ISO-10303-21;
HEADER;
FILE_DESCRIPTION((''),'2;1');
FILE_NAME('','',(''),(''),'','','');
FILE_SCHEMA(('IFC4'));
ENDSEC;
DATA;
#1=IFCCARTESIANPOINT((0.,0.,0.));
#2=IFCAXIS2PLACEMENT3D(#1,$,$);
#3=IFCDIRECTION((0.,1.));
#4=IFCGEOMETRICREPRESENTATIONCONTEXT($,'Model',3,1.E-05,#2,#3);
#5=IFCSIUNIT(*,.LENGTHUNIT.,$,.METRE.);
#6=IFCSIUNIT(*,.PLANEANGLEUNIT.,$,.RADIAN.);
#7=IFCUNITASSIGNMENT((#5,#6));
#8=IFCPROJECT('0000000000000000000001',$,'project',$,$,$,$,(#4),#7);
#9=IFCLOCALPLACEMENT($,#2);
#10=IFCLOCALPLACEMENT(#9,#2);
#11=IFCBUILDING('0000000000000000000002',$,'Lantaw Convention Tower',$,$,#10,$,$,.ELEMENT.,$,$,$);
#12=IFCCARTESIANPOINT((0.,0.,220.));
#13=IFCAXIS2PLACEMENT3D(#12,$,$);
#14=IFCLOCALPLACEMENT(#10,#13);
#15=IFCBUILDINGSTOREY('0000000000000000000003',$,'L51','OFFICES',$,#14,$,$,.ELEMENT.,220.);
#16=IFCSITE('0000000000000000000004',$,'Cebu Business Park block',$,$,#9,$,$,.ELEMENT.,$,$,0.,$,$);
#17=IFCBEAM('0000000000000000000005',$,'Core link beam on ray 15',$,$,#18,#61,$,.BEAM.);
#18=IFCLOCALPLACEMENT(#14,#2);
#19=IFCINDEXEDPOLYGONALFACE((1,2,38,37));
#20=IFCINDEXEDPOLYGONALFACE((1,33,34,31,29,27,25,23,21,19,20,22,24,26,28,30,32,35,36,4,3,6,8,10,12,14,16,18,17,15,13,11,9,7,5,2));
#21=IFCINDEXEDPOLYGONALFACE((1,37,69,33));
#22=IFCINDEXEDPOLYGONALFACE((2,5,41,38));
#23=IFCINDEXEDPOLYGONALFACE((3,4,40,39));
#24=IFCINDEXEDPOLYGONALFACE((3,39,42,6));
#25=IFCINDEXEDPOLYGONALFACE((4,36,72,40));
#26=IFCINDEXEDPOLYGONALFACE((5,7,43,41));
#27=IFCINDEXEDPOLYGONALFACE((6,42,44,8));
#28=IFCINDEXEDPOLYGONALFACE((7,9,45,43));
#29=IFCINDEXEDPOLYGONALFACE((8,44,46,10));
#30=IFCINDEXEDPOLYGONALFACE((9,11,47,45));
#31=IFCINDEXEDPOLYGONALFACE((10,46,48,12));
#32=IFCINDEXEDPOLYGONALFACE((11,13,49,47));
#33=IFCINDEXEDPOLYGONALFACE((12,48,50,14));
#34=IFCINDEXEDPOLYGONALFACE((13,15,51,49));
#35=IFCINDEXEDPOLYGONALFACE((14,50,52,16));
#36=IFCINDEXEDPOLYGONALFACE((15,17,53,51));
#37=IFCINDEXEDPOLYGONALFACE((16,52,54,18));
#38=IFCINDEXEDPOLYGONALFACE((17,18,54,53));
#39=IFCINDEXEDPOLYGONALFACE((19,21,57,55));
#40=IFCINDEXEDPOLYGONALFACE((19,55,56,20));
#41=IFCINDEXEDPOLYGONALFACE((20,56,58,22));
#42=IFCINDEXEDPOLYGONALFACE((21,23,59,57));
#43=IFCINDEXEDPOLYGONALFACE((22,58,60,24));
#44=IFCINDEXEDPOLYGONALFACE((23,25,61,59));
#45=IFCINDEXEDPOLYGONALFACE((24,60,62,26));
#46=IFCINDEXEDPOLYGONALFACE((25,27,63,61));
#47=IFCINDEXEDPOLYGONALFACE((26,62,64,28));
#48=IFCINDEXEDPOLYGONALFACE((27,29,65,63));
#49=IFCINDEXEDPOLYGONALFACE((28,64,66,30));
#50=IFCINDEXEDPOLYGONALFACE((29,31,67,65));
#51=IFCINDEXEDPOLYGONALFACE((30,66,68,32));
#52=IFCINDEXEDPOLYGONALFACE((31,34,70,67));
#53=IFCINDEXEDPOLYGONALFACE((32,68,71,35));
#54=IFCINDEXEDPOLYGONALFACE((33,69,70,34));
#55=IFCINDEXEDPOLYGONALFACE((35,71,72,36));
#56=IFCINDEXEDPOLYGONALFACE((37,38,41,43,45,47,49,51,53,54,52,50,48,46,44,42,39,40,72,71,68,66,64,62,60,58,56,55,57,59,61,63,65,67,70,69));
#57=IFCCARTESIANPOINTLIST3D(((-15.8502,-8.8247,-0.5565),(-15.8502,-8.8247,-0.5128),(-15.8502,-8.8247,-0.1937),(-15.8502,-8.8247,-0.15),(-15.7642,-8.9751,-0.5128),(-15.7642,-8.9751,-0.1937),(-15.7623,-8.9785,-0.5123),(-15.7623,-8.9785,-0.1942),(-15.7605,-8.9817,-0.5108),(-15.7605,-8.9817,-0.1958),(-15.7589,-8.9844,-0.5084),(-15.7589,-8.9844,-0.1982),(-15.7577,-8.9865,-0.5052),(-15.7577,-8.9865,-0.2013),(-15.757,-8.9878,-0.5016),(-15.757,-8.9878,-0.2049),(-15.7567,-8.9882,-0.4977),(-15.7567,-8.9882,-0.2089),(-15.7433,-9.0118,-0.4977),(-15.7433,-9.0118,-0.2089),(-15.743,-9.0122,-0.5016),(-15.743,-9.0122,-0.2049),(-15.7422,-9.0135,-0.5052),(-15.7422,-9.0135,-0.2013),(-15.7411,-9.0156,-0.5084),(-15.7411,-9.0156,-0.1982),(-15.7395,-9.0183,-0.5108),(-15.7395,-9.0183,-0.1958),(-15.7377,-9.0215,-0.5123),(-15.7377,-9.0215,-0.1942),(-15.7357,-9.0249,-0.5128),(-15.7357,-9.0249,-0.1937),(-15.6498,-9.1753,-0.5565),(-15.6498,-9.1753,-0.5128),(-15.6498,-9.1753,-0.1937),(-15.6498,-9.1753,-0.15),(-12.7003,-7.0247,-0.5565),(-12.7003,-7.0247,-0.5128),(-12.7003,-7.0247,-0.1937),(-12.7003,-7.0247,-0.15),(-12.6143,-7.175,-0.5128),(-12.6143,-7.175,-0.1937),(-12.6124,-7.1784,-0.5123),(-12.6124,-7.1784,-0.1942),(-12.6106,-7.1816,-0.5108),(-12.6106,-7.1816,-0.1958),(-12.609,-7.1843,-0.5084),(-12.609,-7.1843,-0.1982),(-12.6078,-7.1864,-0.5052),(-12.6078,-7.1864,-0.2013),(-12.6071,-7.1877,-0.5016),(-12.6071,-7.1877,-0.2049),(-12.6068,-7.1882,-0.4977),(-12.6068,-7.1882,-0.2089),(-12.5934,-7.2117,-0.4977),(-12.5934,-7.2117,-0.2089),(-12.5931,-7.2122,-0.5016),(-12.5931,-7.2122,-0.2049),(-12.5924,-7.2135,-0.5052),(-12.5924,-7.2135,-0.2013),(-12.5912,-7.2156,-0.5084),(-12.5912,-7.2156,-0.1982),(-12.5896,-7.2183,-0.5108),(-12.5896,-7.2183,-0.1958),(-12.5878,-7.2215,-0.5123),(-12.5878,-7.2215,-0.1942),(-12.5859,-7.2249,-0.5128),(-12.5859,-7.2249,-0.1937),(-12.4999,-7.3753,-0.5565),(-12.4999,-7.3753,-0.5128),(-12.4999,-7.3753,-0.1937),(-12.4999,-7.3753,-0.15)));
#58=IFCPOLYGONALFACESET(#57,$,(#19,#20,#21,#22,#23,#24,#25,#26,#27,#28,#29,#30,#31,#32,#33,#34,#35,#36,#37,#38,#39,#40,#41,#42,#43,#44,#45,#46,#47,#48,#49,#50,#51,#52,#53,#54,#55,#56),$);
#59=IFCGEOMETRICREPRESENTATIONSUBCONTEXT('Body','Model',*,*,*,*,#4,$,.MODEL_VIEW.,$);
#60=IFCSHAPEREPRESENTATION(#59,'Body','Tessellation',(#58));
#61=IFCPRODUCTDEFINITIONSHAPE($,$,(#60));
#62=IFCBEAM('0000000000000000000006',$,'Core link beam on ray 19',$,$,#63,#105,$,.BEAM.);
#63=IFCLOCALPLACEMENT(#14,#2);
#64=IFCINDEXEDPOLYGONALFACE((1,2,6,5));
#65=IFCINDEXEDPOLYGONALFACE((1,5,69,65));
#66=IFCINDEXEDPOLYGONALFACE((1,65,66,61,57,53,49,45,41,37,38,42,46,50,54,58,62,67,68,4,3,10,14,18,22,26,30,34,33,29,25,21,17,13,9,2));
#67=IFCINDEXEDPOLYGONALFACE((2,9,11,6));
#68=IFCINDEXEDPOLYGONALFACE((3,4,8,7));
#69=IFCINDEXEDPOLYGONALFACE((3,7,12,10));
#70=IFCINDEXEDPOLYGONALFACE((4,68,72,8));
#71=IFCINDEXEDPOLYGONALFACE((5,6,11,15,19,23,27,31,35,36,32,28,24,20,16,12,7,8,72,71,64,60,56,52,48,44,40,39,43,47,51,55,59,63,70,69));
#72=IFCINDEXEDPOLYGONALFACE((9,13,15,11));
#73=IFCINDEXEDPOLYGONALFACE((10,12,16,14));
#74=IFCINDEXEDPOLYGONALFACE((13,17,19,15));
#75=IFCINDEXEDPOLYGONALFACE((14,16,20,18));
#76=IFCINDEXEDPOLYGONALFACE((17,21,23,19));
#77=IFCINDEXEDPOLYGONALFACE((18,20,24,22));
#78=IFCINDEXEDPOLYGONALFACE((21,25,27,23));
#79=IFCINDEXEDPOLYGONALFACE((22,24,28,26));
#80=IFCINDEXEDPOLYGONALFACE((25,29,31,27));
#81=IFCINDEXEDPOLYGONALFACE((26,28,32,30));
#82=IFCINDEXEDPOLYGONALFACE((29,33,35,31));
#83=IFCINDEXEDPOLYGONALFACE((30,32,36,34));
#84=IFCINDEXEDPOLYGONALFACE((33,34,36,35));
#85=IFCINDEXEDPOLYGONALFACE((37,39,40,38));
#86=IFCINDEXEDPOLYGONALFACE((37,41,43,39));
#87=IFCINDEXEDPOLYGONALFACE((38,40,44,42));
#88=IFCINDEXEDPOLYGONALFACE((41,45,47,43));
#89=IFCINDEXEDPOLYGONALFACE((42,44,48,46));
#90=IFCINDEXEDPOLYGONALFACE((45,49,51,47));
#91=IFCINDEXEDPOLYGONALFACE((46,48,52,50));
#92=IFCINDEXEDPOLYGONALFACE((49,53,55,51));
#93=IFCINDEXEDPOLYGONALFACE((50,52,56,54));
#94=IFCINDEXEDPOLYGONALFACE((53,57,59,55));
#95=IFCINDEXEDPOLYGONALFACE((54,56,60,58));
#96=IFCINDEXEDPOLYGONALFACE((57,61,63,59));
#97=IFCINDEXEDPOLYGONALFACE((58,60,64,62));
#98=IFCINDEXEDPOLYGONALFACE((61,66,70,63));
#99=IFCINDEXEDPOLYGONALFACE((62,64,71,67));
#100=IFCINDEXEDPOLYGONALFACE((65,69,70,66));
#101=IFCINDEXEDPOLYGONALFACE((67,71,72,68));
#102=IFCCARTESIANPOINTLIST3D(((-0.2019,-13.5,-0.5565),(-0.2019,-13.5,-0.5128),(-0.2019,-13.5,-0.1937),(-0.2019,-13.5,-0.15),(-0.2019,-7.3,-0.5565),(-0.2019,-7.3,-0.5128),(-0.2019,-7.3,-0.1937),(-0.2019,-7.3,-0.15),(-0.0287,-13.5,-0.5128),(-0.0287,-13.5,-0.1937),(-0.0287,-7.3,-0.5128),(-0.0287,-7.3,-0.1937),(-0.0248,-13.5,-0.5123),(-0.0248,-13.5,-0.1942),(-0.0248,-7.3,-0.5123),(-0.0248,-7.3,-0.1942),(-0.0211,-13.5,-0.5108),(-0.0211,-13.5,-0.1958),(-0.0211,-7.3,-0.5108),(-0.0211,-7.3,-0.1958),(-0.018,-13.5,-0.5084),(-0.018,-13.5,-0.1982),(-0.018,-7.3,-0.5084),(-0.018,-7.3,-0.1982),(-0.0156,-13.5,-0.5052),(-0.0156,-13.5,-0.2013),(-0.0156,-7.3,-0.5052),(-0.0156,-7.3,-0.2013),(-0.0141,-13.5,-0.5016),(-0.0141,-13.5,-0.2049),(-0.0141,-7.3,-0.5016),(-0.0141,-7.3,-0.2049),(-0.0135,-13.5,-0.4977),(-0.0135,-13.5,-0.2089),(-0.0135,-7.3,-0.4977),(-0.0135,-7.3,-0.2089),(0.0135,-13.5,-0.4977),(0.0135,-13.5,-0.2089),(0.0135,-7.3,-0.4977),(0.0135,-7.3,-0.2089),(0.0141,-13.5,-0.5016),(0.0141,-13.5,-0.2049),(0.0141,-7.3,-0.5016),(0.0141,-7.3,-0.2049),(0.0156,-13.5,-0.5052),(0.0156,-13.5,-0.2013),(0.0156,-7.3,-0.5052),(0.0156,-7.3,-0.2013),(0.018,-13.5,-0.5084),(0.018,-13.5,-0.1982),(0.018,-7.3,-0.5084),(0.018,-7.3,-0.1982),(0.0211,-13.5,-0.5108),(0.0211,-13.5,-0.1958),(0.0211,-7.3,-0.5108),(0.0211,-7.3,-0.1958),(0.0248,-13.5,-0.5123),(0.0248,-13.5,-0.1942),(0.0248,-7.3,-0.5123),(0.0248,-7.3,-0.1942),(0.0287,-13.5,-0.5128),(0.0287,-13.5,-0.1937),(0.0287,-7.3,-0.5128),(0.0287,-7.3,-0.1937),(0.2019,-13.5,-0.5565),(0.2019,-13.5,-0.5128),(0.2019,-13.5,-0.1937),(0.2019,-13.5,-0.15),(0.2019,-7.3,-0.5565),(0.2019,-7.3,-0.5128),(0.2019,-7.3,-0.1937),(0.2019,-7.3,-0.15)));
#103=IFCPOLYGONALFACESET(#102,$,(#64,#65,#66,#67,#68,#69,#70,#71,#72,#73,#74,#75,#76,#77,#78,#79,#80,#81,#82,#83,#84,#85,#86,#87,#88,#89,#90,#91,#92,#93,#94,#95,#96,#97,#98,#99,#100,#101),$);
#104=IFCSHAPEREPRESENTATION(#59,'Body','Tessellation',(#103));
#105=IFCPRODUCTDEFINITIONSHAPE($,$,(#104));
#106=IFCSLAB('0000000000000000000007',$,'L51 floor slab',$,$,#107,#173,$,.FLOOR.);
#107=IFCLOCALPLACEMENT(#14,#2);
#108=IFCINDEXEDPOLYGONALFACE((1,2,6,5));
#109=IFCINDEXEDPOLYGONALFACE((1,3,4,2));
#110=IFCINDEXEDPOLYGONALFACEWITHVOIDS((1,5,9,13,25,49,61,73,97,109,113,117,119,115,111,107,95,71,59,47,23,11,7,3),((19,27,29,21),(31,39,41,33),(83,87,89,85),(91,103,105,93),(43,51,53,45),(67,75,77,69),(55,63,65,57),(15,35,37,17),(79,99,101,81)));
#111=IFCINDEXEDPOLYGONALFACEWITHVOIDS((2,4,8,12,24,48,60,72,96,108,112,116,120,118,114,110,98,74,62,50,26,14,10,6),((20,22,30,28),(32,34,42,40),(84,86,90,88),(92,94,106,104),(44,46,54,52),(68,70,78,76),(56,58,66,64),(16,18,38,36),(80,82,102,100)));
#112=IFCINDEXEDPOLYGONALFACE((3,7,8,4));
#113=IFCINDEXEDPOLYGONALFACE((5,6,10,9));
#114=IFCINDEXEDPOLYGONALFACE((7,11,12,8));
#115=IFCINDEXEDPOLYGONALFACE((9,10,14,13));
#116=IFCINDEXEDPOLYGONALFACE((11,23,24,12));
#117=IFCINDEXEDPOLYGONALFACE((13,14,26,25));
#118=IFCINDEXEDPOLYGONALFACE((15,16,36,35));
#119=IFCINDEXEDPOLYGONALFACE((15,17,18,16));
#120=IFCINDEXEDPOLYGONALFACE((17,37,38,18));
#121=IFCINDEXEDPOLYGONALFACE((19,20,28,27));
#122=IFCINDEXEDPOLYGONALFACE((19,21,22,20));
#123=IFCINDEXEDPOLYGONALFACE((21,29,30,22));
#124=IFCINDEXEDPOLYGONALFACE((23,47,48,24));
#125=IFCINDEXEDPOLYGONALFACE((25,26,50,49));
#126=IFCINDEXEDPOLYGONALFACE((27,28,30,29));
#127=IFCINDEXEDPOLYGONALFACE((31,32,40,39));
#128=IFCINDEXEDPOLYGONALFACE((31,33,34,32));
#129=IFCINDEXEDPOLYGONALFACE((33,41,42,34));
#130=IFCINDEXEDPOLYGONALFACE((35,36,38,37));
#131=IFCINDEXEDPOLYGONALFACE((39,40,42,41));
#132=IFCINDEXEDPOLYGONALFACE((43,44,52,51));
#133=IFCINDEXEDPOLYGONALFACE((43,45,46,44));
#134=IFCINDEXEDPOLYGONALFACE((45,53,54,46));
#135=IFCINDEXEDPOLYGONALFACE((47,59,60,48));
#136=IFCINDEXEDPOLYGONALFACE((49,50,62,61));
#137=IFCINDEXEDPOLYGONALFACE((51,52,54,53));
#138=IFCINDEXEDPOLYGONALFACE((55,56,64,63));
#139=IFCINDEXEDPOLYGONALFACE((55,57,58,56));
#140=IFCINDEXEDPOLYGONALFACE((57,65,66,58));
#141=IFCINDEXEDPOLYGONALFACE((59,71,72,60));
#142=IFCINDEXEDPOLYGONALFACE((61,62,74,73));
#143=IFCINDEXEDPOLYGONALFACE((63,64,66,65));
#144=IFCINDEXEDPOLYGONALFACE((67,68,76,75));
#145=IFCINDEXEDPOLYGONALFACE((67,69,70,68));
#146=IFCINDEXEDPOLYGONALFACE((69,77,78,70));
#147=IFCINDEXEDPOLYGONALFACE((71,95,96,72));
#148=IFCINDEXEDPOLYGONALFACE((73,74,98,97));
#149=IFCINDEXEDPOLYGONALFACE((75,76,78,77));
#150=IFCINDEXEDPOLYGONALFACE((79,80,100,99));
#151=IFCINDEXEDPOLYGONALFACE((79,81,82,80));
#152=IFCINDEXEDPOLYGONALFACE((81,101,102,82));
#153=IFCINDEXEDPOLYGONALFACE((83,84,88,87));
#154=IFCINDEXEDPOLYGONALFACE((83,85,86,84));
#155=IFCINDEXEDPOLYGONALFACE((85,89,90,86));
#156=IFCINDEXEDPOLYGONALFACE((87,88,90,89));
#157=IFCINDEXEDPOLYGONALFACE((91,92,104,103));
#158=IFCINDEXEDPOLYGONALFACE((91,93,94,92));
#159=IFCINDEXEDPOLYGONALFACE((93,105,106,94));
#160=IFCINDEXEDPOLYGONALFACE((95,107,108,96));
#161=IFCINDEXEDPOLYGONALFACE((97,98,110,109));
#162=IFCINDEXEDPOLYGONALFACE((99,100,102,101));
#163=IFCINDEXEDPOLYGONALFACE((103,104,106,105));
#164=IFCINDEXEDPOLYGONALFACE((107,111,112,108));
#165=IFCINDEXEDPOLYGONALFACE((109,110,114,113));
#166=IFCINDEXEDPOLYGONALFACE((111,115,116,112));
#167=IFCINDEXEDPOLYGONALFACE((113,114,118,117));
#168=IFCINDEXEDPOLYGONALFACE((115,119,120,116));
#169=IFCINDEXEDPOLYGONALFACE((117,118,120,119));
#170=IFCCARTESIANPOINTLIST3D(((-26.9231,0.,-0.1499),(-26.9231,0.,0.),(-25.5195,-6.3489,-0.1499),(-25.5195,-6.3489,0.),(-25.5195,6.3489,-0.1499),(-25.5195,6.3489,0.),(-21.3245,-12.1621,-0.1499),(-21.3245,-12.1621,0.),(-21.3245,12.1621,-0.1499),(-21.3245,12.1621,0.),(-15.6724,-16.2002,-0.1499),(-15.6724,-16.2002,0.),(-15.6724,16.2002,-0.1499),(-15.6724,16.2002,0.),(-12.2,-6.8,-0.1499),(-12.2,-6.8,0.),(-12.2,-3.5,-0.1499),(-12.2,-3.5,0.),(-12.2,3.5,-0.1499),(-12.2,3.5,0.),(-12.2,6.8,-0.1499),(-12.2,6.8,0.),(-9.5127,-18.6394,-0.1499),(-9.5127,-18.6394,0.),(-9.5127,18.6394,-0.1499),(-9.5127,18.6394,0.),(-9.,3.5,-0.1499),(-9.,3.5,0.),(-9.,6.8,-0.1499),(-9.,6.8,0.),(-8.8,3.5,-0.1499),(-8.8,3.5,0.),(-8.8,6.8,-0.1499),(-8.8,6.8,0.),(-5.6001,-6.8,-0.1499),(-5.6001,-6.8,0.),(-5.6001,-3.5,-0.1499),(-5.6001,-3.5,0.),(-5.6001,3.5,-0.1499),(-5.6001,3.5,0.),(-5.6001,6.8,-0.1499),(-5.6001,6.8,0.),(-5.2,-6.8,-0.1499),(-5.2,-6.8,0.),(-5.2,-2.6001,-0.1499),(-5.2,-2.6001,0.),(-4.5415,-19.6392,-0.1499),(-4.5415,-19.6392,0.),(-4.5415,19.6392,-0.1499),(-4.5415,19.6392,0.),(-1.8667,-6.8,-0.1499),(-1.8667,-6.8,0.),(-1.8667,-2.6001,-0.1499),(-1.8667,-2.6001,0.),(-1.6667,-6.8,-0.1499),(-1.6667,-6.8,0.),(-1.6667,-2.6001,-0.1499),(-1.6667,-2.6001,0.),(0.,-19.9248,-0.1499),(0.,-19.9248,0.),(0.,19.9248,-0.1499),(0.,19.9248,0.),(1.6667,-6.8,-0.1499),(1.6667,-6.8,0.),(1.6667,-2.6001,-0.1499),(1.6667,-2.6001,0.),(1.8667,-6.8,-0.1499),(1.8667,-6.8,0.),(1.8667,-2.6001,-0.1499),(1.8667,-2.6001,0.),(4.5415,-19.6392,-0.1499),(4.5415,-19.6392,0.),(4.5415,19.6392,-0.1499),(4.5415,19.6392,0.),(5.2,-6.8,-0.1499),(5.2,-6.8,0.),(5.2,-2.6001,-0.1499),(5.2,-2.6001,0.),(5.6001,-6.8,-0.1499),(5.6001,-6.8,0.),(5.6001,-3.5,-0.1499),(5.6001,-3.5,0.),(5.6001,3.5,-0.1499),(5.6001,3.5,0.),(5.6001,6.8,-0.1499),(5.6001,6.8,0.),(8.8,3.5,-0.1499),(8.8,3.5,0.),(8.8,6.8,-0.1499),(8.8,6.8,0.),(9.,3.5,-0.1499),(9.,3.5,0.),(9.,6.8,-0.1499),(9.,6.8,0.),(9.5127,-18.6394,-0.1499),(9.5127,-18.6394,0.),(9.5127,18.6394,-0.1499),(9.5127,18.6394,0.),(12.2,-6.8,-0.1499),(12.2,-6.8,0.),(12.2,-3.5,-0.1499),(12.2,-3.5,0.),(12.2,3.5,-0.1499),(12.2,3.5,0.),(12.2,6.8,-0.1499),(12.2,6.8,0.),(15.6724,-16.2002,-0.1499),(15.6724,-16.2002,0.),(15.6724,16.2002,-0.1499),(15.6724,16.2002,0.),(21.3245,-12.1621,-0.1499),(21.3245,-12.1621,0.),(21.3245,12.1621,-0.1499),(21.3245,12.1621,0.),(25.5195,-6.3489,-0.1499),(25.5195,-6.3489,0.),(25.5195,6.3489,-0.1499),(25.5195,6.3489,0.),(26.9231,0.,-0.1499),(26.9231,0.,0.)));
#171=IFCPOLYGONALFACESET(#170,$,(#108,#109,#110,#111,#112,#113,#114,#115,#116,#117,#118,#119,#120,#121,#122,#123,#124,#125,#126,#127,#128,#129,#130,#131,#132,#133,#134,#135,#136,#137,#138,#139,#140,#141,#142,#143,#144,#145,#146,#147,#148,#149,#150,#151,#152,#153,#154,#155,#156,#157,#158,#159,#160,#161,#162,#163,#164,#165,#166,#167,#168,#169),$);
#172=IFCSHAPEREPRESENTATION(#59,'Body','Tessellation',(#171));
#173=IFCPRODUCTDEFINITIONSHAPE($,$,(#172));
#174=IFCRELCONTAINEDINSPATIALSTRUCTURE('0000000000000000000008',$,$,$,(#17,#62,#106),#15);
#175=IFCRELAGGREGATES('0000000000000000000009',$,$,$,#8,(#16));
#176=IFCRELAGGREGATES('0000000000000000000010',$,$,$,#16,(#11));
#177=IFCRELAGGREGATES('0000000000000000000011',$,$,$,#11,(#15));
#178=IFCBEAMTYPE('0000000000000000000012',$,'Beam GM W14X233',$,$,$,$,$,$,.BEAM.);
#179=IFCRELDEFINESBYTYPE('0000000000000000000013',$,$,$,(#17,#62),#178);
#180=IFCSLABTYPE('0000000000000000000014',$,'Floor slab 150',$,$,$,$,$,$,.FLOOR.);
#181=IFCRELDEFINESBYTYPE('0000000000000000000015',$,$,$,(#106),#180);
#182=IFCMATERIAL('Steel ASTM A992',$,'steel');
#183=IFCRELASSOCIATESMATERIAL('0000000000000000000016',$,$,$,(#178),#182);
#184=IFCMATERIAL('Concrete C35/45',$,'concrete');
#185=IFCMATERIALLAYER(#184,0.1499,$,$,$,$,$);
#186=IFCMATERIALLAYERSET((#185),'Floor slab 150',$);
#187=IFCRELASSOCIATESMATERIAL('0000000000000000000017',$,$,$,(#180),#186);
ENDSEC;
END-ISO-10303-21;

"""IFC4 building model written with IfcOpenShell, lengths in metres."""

from ifc_helpers import new_model, si_unit, direction, frame, origin, origin_2d, place, context, subcontext, project, spatial, polyline, i_section, outline, extrude, material, layer, layer_set, material_profile, profile_set, type_object, element, save


model = new_model("IFC4")

# Units and contexts
model_context = context("Model", 3, precision=1e-05, world=origin(), true_north=direction((0.0, 1.0)))
body_context = subcontext(model_context, "Body", "Model", "MODEL_VIEW")
ifc_project = project(units=[si_unit("LENGTHUNIT", "METRE"), si_unit("PLANEANGLEUNIT", "RADIAN")], contexts=[model_context])

# Site, building, storey
site_placement = place(None, origin())
site = spatial("IfcSite", under=ifc_project, at=site_placement, Name="Cebu Business Park block", CompositionType="ELEMENT", RefElevation=0.0)
building_placement = place(site_placement, origin())
building = spatial("IfcBuilding", under=site, at=building_placement, Name="Lantaw Convention Tower", CompositionType="ELEMENT")
storey_placement = place(building_placement, frame((0.0, 0.0, 220.0)))
storey = spatial("IfcBuildingStorey", under=building, at=storey_placement, Name="L51", Description="OFFICES", CompositionType="ELEMENT", Elevation=220.0)

# Beams
ifc_material_1 = material(Name="Steel ASTM A992", Category="steel")
ifc_material_profile_1 = material_profile(ifc_material_1, i_section(OverallWidth=0.4038, OverallDepth=0.4065, WebThickness=0.0271, FlangeThickness=0.0437, FilletRadius=0.0151, at=origin_2d()), Name="W14X233")
ifc_profile_set_1 = profile_set([ifc_material_profile_1], Name="Steel ASTM A992")
beam_type_1 = type_object("IfcBeamType", Name="Beam GM W14X233", PredefinedType="BEAM", material=ifc_profile_set_1)
beam_1_placement = place(storey_placement, frame((-12.6001, -7.2, -0.3533), z_axis=(-0.868231, -0.496161, 0.0), x_axis=(0.496161, -0.868231, 0.0)))
element("IfcBeam", 1, at=beam_1_placement, inside=storey, type_object=beam_type_1, Name="Core link beam on ray 15", PredefinedType="BEAM", context=body_context, shape_type="SweptSolid", body=[
    extrude(i_section(OverallWidth=0.4038, OverallDepth=0.4065, WebThickness=0.0271, FlangeThickness=0.0437, FilletRadius=0.0151, at=origin_2d()), origin(), (0.0, 0.0, 1.0), 3.6279),
])
beam_2_placement = place(storey_placement, frame((0.0, -7.3, -0.3533), z_axis=(0.0, -1.0, 0.0), x_axis=(1.0, 0.0, 0.0)))
element("IfcBeam", 2, at=beam_2_placement, inside=storey, type_object=beam_type_1, Name="Core link beam on ray 19", PredefinedType="BEAM", context=body_context, shape_type="SweptSolid", body=[
    extrude(i_section(OverallWidth=0.4038, OverallDepth=0.4065, WebThickness=0.0271, FlangeThickness=0.0437, FilletRadius=0.0151, at=origin_2d()), origin(), (0.0, 0.0, 1.0), 6.2),
])

# Slab
ifc_material_2 = material(Name="Concrete C35/45", Category="concrete")
ifc_layer_1 = layer(ifc_material_2, 0.1499)
ifc_layer_set_1 = layer_set([ifc_layer_1], Name="Floor slab 150")
slab_type = type_object("IfcSlabType", Name="Floor slab 150", PredefinedType="FLOOR", material=ifc_layer_set_1)
slab_placement = place(storey_placement, frame((0.0, 0.0, -0.1499)))
element("IfcSlab", 3, at=slab_placement, inside=storey, type_object=slab_type, Name="L51 floor slab", PredefinedType="FLOOR", context=body_context, shape_type="SweptSolid", body=[
    extrude(outline(polyline([(25.5195, -6.3489), (26.9231, 0.0), (25.5195, 6.3489), (21.3245, 12.1621), (15.6724, 16.2002), (9.5127, 18.6394), (4.5415, 19.6392), (0.0, 19.9248), (-4.5415, 19.6392), (-9.5127, 18.6394), (-15.6724, 16.2002), (-21.3245, 12.1621), (-25.5195, 6.3489), (-26.9231, 0.0), (-25.5195, -6.3489), (-21.3245, -12.1621), (-15.6724, -16.2002), (-9.5127, -18.6394), (-4.5415, -19.6392), (0.0, -19.9248), (4.5415, -19.6392), (9.5127, -18.6394), (15.6724, -16.2002), (21.3245, -12.1621), (25.5195, -6.3489)]), holes=[polyline([(-5.6001, -3.5), (-12.2, -3.5), (-12.2, -6.8), (-5.6001, -6.8), (-5.6001, -3.5)]), polyline([(12.2, -3.5), (5.6001, -3.5), (5.6001, -6.8), (12.2, -6.8), (12.2, -3.5)]), polyline([(-1.8667, -2.6001), (-5.2, -2.6001), (-5.2, -6.8), (-1.8667, -6.8), (-1.8667, -2.6001)]), polyline([(1.6667, -2.6001), (-1.6667, -2.6001), (-1.6667, -6.8), (1.6667, -6.8), (1.6667, -2.6001)]), polyline([(5.2, -2.6001), (1.8667, -2.6001), (1.8667, -6.8), (5.2, -6.8), (5.2, -2.6001)]), polyline([(-9.0, 6.8), (-12.2, 6.8), (-12.2, 3.5), (-9.0, 3.5), (-9.0, 6.8)]), polyline([(-5.6001, 6.8), (-8.8, 6.8), (-8.8, 3.5), (-5.6001, 3.5), (-5.6001, 6.8)]), polyline([(8.8, 3.5), (8.8, 6.8), (5.6001, 6.8), (5.6001, 3.5), (8.8, 3.5)]), polyline([(12.2, 3.5), (12.2, 6.8), (9.0, 6.8), (9.0, 3.5), (12.2, 3.5)])]), origin(), (0.0, 0.0, 1.0), 0.1499),
])

save(model, "model.ifc")
